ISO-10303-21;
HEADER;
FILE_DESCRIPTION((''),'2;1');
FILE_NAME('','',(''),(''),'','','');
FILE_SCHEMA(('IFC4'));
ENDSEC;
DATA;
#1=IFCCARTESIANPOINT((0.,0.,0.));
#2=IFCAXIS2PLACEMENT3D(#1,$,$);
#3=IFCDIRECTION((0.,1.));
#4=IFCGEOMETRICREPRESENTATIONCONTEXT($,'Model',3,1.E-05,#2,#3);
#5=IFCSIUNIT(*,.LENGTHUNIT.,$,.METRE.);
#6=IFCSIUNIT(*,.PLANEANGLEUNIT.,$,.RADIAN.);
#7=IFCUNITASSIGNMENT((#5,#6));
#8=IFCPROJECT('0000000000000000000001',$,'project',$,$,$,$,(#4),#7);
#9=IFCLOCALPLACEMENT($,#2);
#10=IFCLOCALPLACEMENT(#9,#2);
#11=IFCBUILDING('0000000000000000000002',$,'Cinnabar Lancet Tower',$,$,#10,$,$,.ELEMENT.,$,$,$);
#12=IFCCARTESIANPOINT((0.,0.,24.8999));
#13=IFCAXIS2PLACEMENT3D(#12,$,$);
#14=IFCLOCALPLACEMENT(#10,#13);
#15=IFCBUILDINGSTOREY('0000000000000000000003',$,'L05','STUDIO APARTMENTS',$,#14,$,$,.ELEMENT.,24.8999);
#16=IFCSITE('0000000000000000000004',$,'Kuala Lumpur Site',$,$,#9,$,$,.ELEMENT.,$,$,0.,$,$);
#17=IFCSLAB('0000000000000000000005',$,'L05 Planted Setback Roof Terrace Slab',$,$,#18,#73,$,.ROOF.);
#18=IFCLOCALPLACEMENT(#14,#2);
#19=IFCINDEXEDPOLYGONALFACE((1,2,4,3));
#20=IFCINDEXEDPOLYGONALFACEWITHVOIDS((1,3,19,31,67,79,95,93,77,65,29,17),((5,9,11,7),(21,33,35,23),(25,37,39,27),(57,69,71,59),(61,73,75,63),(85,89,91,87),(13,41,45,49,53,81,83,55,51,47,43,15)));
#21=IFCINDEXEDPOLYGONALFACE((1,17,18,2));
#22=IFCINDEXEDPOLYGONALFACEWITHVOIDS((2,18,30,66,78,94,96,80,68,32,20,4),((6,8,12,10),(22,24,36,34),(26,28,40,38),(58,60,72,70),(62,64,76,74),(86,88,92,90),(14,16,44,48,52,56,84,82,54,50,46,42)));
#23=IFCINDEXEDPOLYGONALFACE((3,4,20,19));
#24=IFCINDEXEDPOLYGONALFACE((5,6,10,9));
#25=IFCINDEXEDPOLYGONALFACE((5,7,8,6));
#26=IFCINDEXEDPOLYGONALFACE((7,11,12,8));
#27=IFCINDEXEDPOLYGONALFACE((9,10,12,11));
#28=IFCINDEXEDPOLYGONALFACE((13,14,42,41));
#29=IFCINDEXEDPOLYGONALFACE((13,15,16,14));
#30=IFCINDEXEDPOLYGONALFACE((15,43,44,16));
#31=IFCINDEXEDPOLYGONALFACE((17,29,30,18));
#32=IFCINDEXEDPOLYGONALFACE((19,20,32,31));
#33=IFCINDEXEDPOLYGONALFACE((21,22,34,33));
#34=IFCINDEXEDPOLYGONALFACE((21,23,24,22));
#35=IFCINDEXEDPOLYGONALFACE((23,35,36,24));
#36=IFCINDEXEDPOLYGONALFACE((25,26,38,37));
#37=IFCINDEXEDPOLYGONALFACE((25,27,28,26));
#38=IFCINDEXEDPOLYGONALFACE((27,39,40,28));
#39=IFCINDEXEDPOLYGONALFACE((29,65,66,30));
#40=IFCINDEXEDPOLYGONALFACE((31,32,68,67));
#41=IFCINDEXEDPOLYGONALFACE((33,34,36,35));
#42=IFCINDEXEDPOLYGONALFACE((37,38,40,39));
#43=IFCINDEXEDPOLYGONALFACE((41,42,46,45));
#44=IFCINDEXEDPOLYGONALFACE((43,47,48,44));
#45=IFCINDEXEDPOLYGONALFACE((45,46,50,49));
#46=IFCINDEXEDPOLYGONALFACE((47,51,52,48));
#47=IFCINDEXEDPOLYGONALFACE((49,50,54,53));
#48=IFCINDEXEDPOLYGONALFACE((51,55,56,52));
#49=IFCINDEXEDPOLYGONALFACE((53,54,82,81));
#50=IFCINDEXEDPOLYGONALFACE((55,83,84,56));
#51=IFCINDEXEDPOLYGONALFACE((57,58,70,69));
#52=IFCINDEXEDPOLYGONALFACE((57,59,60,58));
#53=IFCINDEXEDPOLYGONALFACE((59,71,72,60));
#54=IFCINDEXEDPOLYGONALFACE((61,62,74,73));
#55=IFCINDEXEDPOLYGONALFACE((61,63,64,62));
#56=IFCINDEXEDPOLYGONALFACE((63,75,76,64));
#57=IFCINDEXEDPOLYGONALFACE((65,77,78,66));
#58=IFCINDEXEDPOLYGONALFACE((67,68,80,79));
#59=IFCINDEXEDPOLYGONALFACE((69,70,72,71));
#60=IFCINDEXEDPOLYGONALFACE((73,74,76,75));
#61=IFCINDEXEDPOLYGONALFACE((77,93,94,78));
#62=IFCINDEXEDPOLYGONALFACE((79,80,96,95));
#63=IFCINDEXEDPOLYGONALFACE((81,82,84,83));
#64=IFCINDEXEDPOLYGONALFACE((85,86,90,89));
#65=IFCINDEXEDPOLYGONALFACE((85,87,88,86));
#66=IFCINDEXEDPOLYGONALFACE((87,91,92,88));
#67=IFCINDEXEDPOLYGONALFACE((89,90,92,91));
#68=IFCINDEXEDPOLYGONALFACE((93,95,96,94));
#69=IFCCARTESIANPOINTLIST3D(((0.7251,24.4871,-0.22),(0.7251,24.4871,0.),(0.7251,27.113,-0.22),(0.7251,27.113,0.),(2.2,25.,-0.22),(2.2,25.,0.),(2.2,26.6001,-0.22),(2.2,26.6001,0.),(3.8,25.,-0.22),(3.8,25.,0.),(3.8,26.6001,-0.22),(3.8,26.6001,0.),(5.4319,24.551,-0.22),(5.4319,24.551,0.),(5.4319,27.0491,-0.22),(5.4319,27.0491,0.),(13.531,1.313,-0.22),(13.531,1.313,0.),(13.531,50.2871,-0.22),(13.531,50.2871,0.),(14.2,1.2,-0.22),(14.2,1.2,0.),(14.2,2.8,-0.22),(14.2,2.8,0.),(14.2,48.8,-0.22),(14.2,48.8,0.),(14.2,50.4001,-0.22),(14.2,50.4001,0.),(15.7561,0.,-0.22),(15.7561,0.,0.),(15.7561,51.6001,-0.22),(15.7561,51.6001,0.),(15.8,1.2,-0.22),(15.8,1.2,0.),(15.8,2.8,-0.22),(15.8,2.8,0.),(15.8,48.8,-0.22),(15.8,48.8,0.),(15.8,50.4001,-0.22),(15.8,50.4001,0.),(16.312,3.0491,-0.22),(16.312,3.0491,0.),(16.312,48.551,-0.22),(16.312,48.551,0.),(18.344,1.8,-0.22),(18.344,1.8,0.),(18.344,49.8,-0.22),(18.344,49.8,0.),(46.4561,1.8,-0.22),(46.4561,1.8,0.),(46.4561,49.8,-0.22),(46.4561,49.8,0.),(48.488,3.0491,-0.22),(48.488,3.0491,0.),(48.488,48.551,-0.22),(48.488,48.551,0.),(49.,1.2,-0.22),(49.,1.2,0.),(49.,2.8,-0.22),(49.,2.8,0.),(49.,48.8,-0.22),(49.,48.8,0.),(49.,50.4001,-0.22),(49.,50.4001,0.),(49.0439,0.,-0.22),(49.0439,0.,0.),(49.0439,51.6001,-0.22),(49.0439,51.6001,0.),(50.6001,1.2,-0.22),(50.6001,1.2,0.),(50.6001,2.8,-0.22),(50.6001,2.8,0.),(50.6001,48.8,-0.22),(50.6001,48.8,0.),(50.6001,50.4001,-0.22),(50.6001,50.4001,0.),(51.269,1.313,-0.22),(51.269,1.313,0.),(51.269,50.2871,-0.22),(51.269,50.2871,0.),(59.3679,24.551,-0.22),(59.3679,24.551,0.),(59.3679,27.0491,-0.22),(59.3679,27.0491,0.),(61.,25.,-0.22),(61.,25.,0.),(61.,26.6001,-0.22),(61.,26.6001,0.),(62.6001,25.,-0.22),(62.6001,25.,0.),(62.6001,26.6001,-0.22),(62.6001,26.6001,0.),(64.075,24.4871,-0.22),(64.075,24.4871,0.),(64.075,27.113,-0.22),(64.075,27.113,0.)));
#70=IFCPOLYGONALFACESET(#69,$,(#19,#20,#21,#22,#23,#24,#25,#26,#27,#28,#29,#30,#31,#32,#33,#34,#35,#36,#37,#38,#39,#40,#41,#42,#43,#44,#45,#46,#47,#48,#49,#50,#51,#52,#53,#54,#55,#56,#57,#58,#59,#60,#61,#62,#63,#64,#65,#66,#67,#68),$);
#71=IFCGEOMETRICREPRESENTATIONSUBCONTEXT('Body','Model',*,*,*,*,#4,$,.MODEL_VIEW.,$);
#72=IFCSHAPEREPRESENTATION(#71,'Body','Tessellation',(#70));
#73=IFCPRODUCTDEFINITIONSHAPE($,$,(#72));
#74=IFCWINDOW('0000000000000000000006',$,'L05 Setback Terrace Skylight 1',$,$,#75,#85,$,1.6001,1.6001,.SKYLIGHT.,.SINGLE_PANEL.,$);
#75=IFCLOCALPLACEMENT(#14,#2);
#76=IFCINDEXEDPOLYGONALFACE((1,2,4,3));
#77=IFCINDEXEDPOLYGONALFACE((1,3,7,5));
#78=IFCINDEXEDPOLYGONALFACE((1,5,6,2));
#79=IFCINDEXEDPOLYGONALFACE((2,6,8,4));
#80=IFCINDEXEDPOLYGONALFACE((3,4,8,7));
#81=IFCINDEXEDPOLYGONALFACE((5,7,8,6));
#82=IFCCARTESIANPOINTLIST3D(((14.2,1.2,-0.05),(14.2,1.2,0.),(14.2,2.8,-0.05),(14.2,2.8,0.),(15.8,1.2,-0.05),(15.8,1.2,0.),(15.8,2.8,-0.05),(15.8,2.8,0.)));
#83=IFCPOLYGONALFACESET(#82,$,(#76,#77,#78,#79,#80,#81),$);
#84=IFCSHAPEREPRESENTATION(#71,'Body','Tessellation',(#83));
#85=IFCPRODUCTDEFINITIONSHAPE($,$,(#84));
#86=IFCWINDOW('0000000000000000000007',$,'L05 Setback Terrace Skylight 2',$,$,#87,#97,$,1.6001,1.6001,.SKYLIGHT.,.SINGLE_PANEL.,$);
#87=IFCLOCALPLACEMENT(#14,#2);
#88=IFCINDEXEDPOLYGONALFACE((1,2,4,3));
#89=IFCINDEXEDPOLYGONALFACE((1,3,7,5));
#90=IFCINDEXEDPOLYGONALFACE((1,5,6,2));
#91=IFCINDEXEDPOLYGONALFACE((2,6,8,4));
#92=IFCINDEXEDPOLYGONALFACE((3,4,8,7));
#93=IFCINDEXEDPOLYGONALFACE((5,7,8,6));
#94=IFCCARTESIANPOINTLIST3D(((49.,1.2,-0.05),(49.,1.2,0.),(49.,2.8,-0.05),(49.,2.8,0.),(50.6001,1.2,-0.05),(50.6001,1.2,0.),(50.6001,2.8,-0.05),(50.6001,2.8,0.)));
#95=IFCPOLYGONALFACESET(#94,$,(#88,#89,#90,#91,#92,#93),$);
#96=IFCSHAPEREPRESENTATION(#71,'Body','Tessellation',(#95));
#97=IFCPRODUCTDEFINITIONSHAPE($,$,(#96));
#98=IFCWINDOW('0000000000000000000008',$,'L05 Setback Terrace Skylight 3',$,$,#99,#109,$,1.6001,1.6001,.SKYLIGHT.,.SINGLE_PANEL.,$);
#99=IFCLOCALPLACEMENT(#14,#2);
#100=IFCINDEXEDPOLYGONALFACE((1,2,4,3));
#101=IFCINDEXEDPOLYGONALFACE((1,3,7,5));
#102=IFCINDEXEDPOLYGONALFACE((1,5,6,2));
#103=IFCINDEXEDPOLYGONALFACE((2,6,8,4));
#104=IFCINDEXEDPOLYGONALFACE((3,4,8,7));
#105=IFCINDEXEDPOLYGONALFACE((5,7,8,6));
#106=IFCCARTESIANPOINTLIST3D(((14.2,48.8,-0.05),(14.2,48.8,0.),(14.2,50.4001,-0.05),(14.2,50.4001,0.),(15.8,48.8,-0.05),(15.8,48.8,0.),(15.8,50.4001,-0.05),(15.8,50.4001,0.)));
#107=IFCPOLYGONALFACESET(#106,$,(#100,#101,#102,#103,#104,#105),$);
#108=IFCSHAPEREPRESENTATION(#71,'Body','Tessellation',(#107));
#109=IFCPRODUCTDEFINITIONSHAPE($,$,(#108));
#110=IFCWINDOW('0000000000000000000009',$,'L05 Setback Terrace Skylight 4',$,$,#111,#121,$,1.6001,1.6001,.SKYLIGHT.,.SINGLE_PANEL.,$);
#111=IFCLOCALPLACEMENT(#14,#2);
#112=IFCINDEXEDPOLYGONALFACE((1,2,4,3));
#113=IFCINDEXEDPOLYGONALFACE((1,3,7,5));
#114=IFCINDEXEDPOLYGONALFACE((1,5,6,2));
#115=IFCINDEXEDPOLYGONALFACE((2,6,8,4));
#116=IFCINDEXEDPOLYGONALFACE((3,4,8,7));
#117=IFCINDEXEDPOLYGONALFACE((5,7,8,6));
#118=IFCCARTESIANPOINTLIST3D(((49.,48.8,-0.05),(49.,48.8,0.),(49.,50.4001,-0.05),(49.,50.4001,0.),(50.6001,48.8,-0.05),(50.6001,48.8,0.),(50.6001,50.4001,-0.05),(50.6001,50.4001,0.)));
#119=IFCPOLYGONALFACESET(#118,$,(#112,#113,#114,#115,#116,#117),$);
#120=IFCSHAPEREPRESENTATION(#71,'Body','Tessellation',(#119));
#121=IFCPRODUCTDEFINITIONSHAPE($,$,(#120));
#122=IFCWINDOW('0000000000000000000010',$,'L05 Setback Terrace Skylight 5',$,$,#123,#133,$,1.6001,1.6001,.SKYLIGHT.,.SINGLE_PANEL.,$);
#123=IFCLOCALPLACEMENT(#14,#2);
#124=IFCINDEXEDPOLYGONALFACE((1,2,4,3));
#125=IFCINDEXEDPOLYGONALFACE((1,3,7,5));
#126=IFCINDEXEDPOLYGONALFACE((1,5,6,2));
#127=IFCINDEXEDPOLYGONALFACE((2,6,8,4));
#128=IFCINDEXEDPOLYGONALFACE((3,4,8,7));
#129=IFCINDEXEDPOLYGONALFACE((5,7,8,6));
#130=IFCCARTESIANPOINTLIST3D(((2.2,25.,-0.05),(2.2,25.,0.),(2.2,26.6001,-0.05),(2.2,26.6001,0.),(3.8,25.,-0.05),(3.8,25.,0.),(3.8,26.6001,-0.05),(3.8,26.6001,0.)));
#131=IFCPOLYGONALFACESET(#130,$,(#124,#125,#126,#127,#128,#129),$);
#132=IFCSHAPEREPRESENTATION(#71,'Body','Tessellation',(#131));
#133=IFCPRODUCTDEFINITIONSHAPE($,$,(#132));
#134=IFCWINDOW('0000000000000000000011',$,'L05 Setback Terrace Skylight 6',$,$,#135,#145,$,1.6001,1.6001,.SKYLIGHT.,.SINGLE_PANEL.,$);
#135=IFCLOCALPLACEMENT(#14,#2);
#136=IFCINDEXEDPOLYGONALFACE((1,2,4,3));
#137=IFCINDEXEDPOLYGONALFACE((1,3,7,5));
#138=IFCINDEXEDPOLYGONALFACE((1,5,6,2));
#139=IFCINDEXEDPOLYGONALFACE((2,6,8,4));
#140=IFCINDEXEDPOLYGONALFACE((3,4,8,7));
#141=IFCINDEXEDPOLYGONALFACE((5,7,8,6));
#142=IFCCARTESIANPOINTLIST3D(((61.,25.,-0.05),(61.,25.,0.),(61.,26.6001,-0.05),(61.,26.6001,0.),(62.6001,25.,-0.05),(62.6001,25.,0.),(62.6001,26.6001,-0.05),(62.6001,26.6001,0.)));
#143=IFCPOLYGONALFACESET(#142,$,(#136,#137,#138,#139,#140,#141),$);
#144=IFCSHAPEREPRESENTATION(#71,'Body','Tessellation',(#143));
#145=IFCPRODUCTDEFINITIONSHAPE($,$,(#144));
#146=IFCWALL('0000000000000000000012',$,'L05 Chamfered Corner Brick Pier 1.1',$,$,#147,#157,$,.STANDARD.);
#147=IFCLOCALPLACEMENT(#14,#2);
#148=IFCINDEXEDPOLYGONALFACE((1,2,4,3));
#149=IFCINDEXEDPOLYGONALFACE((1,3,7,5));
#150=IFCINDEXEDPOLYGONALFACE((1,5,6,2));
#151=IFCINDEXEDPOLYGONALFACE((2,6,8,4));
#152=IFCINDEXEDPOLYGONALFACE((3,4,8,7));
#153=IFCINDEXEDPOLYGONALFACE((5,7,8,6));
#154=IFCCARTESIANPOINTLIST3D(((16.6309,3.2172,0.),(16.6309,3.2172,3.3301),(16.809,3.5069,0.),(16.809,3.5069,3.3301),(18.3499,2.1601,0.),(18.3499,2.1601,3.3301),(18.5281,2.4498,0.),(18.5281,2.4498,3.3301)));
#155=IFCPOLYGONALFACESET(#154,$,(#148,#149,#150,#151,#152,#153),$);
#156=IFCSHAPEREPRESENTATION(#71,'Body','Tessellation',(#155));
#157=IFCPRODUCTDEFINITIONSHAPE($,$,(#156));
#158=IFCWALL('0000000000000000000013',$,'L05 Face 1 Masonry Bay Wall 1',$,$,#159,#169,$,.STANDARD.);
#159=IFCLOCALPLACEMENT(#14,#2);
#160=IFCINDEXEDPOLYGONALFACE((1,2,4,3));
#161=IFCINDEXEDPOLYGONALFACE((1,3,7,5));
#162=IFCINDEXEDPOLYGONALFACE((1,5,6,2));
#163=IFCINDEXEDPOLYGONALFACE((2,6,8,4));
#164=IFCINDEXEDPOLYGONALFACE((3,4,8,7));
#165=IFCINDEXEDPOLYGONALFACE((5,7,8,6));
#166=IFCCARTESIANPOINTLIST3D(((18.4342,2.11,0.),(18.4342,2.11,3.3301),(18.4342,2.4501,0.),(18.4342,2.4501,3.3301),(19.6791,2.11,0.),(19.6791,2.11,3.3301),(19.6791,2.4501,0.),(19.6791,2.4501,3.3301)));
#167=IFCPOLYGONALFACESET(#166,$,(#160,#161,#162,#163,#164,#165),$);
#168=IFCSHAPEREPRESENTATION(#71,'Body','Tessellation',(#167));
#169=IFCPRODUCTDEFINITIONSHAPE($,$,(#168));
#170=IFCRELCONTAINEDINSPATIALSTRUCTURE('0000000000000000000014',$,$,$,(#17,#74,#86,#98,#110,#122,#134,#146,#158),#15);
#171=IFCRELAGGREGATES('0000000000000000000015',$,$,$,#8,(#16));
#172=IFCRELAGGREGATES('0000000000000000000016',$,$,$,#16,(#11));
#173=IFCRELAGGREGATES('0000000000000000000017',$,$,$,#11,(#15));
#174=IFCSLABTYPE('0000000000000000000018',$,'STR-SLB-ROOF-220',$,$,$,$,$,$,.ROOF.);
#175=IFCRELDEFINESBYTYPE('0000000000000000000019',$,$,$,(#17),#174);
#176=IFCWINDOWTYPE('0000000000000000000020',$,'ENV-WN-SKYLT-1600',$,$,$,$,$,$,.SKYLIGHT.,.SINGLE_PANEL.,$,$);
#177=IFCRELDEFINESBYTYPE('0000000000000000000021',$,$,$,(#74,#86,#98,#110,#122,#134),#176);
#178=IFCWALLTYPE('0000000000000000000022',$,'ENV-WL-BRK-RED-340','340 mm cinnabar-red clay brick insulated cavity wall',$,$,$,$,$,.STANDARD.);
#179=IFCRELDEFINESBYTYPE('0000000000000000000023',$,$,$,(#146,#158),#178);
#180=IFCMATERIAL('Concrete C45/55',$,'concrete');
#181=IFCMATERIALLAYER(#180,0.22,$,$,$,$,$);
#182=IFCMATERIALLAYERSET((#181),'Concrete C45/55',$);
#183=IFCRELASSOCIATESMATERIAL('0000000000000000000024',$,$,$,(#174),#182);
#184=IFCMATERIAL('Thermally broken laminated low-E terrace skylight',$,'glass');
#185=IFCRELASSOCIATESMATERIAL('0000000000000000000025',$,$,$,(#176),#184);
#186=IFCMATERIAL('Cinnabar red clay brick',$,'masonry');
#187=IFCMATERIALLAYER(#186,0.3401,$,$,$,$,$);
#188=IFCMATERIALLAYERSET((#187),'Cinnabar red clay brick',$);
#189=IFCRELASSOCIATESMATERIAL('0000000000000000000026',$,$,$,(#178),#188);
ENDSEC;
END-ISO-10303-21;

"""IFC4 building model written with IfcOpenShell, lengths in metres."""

from ifc_helpers import new_model, si_unit, direction, frame, frame_2d, origin, origin_2d, place, context, subcontext, project, spatial, polyline, rectangle, outline, extrude, material, layer, layer_set, type_object, element, fill, save


model = new_model("IFC4")

# Units and contexts
model_context = context("Model", 3, precision=1e-05, world=origin(), true_north=direction((0.0, 1.0)))
body_context = subcontext(model_context, "Body", "Model", "MODEL_VIEW")
ifc_project = project(units=[si_unit("LENGTHUNIT", "METRE"), si_unit("PLANEANGLEUNIT", "RADIAN")], contexts=[model_context])

# Site, building, storey
site_placement = place(None, origin())
site = spatial("IfcSite", under=ifc_project, at=site_placement, Name="Kuala Lumpur Site", CompositionType="ELEMENT", RefElevation=0.0)
building_placement = place(site_placement, origin())
building = spatial("IfcBuilding", under=site, at=building_placement, Name="Cinnabar Lancet Tower", CompositionType="ELEMENT")
storey_placement = place(building_placement, frame((0.0, 0.0, 24.8999)))
storey = spatial("IfcBuildingStorey", under=building, at=storey_placement, Name="L05", Description="STUDIO APARTMENTS", CompositionType="ELEMENT", Elevation=24.8999)

# Slab, openings, windows
ifc_material_1 = material(Name="Concrete C45/55", Category="concrete")
ifc_layer_1 = layer(ifc_material_1, 0.22)
ifc_layer_set_1 = layer_set([ifc_layer_1], Name="Concrete C45/55")
slab_type_1 = type_object("IfcSlabType", Name="STR-SLB-ROOF-220", PredefinedType="ROOF", material=ifc_layer_set_1)
slab_1_placement = place(storey_placement, frame((0.0, 0.0, -0.22)))
slab_1 = element("IfcSlab", 1, at=slab_1_placement, inside=storey, type_object=slab_type_1, Name="L05 Planted Setback Roof Terrace Slab", PredefinedType="ROOF", context=body_context, shape_type="SweptSolid", body=[
    extrude(outline(polyline([(13.531, 1.313), (15.7561, 0.0), (49.0439, 0.0), (51.269, 1.313), (64.075, 24.4871), (64.075, 27.113), (51.269, 50.2871), (49.0439, 51.6001), (15.7561, 51.6001), (13.531, 50.2871), (0.7251, 27.113), (0.7251, 24.4871), (13.531, 1.313)]), holes=[polyline([(16.312, 3.0491), (18.344, 1.8), (46.4561, 1.8), (48.488, 3.0491), (59.3679, 24.551), (59.3679, 27.0491), (48.488, 48.551), (46.4561, 49.8), (18.344, 49.8), (16.312, 48.551), (5.4319, 27.0491), (5.4319, 24.551), (16.312, 3.0491)])]), origin(), (0.0, 0.0, 1.0), 0.22),
])
opening_1_placement = place(slab_1_placement, frame((15.0, 2.0, 0.0)))
opening_1 = element("IfcOpeningElement", 2, at=opening_1_placement, cuts=slab_1, PredefinedType="OPENING", context=body_context, shape_type="SweptSolid", body=[
    extrude(rectangle(XDim=1.6001, YDim=1.6001, at=origin_2d()), origin(), (0.0, 0.0, 1.0), 0.22),
])
opening_2_placement = place(slab_1_placement, frame((49.8, 2.0, 0.0)))
opening_2 = element("IfcOpeningElement", 3, at=opening_2_placement, cuts=slab_1, PredefinedType="OPENING", context=body_context, shape_type="SweptSolid", body=[
    extrude(rectangle(XDim=1.6001, YDim=1.6001, at=origin_2d()), origin(), (0.0, 0.0, 1.0), 0.22),
])
opening_3_placement = place(slab_1_placement, frame((15.0, 49.6001, 0.0)))
opening_3 = element("IfcOpeningElement", 4, at=opening_3_placement, cuts=slab_1, PredefinedType="OPENING", context=body_context, shape_type="SweptSolid", body=[
    extrude(rectangle(XDim=1.6001, YDim=1.6001, at=origin_2d()), origin(), (0.0, 0.0, 1.0), 0.22),
])
opening_4_placement = place(slab_1_placement, frame((49.8, 49.6001, 0.0)))
opening_4 = element("IfcOpeningElement", 5, at=opening_4_placement, cuts=slab_1, PredefinedType="OPENING", context=body_context, shape_type="SweptSolid", body=[
    extrude(rectangle(XDim=1.6001, YDim=1.6001, at=origin_2d()), origin(), (0.0, 0.0, 1.0), 0.22),
])
opening_5_placement = place(slab_1_placement, frame((3.0, 25.8, 0.0)))
opening_5 = element("IfcOpeningElement", 6, at=opening_5_placement, cuts=slab_1, PredefinedType="OPENING", context=body_context, shape_type="SweptSolid", body=[
    extrude(rectangle(XDim=1.6001, YDim=1.6001, at=origin_2d()), origin(), (0.0, 0.0, 1.0), 0.22),
])
opening_6_placement = place(slab_1_placement, frame((61.8, 25.8, 0.0)))
opening_6 = element("IfcOpeningElement", 7, at=opening_6_placement, cuts=slab_1, PredefinedType="OPENING", context=body_context, shape_type="SweptSolid", body=[
    extrude(rectangle(XDim=1.6001, YDim=1.6001, at=origin_2d()), origin(), (0.0, 0.0, 1.0), 0.22),
])
ifc_material_2 = material(Name="Thermally broken laminated low-E terrace skylight", Category="glass")
window_type_1 = type_object("IfcWindowType", Name="ENV-WN-SKYLT-1600", PartitioningType="SINGLE_PANEL", PredefinedType="SKYLIGHT", material=ifc_material_2)
window_1_placement = place(opening_1_placement, frame((0.0, 0.0, 0.1699)))
window_1 = element("IfcWindow", 8, at=window_1_placement, inside=storey, type_object=window_type_1, Name="L05 Setback Terrace Skylight 1", OverallHeight=1.6001, OverallWidth=1.6001, PartitioningType="SINGLE_PANEL", PredefinedType="SKYLIGHT", context=body_context, shape_type="SweptSolid", body=[
    extrude(rectangle(XDim=1.6001, YDim=1.6001, at=origin_2d()), origin(), (0.0, 0.0, 1.0), 0.05),
])
fill(opening_1, window_1)
window_2_placement = place(opening_2_placement, frame((0.0, 0.0, 0.1699)))
window_2 = element("IfcWindow", 9, at=window_2_placement, inside=storey, type_object=window_type_1, Name="L05 Setback Terrace Skylight 2", OverallHeight=1.6001, OverallWidth=1.6001, PartitioningType="SINGLE_PANEL", PredefinedType="SKYLIGHT", context=body_context, shape_type="SweptSolid", body=[
    extrude(rectangle(XDim=1.6001, YDim=1.6001, at=origin_2d()), origin(), (0.0, 0.0, 1.0), 0.05),
])
fill(opening_2, window_2)
window_3_placement = place(opening_3_placement, frame((0.0, 0.0, 0.1699)))
window_3 = element("IfcWindow", 10, at=window_3_placement, inside=storey, type_object=window_type_1, Name="L05 Setback Terrace Skylight 3", OverallHeight=1.6001, OverallWidth=1.6001, PartitioningType="SINGLE_PANEL", PredefinedType="SKYLIGHT", context=body_context, shape_type="SweptSolid", body=[
    extrude(rectangle(XDim=1.6001, YDim=1.6001, at=origin_2d()), origin(), (0.0, 0.0, 1.0), 0.05),
])
fill(opening_3, window_3)
window_4_placement = place(opening_4_placement, frame((0.0, 0.0, 0.1699)))
window_4 = element("IfcWindow", 11, at=window_4_placement, inside=storey, type_object=window_type_1, Name="L05 Setback Terrace Skylight 4", OverallHeight=1.6001, OverallWidth=1.6001, PartitioningType="SINGLE_PANEL", PredefinedType="SKYLIGHT", context=body_context, shape_type="SweptSolid", body=[
    extrude(rectangle(XDim=1.6001, YDim=1.6001, at=origin_2d()), origin(), (0.0, 0.0, 1.0), 0.05),
])
fill(opening_4, window_4)
window_5_placement = place(opening_5_placement, frame((0.0, 0.0, 0.1699)))
window_5 = element("IfcWindow", 12, at=window_5_placement, inside=storey, type_object=window_type_1, Name="L05 Setback Terrace Skylight 5", OverallHeight=1.6001, OverallWidth=1.6001, PartitioningType="SINGLE_PANEL", PredefinedType="SKYLIGHT", context=body_context, shape_type="SweptSolid", body=[
    extrude(rectangle(XDim=1.6001, YDim=1.6001, at=origin_2d()), origin(), (0.0, 0.0, 1.0), 0.05),
])
fill(opening_5, window_5)
window_6_placement = place(opening_6_placement, frame((0.0, 0.0, 0.1699)))
window_6 = element("IfcWindow", 13, at=window_6_placement, inside=storey, type_object=window_type_1, Name="L05 Setback Terrace Skylight 6", OverallHeight=1.6001, OverallWidth=1.6001, PartitioningType="SINGLE_PANEL", PredefinedType="SKYLIGHT", context=body_context, shape_type="SweptSolid", body=[
    extrude(rectangle(XDim=1.6001, YDim=1.6001, at=origin_2d()), origin(), (0.0, 0.0, 1.0), 0.05),
])
fill(opening_6, window_6)

# Walls
ifc_material_3 = material(Name="Cinnabar red clay brick", Category="masonry")
ifc_layer_2 = layer(ifc_material_3, 0.3401)
ifc_layer_set_2 = layer_set([ifc_layer_2], Name="Cinnabar red clay brick")
wall_type = type_object("IfcWallType", Name="ENV-WL-BRK-RED-340", Description="340 mm cinnabar-red clay brick insulated cavity wall", PredefinedType="STANDARD", material=ifc_layer_set_2)
wall_1_placement = place(storey_placement, frame((16.72, 3.3621, 0.0), z_axis=(0.0, 0.0, 1.0), x_axis=(0.851816, -0.523841, 0.0)))
element("IfcWall", 14, at=wall_1_placement, inside=storey, type_object=wall_type, Name="L05 Chamfered Corner Brick Pier 1.1", PredefinedType="STANDARD", context=body_context, shape_type="SweptSolid", body=[
    extrude(rectangle(XDim=2.0181, YDim=0.3401, at=frame_2d((1.009, 0.0))), origin(), (0.0, 0.0, 1.0), 3.3301),
])
wall_2_placement = place(storey_placement, frame((18.4341, 2.28, 0.0), z_axis=(0.0, 0.0, 1.0), x_axis=(1.0, 0.0, 0.0)))
element("IfcWall", 15, at=wall_2_placement, inside=storey, type_object=wall_type, Name="L05 Face 1 Masonry Bay Wall 1", PredefinedType="STANDARD", context=body_context, shape_type="SweptSolid", body=[
    extrude(rectangle(XDim=1.2449, YDim=0.3401, at=frame_2d((0.6226, 0.0))), origin(), (0.0, 0.0, 1.0), 3.3301),
])

save(model, "model.ifc")
